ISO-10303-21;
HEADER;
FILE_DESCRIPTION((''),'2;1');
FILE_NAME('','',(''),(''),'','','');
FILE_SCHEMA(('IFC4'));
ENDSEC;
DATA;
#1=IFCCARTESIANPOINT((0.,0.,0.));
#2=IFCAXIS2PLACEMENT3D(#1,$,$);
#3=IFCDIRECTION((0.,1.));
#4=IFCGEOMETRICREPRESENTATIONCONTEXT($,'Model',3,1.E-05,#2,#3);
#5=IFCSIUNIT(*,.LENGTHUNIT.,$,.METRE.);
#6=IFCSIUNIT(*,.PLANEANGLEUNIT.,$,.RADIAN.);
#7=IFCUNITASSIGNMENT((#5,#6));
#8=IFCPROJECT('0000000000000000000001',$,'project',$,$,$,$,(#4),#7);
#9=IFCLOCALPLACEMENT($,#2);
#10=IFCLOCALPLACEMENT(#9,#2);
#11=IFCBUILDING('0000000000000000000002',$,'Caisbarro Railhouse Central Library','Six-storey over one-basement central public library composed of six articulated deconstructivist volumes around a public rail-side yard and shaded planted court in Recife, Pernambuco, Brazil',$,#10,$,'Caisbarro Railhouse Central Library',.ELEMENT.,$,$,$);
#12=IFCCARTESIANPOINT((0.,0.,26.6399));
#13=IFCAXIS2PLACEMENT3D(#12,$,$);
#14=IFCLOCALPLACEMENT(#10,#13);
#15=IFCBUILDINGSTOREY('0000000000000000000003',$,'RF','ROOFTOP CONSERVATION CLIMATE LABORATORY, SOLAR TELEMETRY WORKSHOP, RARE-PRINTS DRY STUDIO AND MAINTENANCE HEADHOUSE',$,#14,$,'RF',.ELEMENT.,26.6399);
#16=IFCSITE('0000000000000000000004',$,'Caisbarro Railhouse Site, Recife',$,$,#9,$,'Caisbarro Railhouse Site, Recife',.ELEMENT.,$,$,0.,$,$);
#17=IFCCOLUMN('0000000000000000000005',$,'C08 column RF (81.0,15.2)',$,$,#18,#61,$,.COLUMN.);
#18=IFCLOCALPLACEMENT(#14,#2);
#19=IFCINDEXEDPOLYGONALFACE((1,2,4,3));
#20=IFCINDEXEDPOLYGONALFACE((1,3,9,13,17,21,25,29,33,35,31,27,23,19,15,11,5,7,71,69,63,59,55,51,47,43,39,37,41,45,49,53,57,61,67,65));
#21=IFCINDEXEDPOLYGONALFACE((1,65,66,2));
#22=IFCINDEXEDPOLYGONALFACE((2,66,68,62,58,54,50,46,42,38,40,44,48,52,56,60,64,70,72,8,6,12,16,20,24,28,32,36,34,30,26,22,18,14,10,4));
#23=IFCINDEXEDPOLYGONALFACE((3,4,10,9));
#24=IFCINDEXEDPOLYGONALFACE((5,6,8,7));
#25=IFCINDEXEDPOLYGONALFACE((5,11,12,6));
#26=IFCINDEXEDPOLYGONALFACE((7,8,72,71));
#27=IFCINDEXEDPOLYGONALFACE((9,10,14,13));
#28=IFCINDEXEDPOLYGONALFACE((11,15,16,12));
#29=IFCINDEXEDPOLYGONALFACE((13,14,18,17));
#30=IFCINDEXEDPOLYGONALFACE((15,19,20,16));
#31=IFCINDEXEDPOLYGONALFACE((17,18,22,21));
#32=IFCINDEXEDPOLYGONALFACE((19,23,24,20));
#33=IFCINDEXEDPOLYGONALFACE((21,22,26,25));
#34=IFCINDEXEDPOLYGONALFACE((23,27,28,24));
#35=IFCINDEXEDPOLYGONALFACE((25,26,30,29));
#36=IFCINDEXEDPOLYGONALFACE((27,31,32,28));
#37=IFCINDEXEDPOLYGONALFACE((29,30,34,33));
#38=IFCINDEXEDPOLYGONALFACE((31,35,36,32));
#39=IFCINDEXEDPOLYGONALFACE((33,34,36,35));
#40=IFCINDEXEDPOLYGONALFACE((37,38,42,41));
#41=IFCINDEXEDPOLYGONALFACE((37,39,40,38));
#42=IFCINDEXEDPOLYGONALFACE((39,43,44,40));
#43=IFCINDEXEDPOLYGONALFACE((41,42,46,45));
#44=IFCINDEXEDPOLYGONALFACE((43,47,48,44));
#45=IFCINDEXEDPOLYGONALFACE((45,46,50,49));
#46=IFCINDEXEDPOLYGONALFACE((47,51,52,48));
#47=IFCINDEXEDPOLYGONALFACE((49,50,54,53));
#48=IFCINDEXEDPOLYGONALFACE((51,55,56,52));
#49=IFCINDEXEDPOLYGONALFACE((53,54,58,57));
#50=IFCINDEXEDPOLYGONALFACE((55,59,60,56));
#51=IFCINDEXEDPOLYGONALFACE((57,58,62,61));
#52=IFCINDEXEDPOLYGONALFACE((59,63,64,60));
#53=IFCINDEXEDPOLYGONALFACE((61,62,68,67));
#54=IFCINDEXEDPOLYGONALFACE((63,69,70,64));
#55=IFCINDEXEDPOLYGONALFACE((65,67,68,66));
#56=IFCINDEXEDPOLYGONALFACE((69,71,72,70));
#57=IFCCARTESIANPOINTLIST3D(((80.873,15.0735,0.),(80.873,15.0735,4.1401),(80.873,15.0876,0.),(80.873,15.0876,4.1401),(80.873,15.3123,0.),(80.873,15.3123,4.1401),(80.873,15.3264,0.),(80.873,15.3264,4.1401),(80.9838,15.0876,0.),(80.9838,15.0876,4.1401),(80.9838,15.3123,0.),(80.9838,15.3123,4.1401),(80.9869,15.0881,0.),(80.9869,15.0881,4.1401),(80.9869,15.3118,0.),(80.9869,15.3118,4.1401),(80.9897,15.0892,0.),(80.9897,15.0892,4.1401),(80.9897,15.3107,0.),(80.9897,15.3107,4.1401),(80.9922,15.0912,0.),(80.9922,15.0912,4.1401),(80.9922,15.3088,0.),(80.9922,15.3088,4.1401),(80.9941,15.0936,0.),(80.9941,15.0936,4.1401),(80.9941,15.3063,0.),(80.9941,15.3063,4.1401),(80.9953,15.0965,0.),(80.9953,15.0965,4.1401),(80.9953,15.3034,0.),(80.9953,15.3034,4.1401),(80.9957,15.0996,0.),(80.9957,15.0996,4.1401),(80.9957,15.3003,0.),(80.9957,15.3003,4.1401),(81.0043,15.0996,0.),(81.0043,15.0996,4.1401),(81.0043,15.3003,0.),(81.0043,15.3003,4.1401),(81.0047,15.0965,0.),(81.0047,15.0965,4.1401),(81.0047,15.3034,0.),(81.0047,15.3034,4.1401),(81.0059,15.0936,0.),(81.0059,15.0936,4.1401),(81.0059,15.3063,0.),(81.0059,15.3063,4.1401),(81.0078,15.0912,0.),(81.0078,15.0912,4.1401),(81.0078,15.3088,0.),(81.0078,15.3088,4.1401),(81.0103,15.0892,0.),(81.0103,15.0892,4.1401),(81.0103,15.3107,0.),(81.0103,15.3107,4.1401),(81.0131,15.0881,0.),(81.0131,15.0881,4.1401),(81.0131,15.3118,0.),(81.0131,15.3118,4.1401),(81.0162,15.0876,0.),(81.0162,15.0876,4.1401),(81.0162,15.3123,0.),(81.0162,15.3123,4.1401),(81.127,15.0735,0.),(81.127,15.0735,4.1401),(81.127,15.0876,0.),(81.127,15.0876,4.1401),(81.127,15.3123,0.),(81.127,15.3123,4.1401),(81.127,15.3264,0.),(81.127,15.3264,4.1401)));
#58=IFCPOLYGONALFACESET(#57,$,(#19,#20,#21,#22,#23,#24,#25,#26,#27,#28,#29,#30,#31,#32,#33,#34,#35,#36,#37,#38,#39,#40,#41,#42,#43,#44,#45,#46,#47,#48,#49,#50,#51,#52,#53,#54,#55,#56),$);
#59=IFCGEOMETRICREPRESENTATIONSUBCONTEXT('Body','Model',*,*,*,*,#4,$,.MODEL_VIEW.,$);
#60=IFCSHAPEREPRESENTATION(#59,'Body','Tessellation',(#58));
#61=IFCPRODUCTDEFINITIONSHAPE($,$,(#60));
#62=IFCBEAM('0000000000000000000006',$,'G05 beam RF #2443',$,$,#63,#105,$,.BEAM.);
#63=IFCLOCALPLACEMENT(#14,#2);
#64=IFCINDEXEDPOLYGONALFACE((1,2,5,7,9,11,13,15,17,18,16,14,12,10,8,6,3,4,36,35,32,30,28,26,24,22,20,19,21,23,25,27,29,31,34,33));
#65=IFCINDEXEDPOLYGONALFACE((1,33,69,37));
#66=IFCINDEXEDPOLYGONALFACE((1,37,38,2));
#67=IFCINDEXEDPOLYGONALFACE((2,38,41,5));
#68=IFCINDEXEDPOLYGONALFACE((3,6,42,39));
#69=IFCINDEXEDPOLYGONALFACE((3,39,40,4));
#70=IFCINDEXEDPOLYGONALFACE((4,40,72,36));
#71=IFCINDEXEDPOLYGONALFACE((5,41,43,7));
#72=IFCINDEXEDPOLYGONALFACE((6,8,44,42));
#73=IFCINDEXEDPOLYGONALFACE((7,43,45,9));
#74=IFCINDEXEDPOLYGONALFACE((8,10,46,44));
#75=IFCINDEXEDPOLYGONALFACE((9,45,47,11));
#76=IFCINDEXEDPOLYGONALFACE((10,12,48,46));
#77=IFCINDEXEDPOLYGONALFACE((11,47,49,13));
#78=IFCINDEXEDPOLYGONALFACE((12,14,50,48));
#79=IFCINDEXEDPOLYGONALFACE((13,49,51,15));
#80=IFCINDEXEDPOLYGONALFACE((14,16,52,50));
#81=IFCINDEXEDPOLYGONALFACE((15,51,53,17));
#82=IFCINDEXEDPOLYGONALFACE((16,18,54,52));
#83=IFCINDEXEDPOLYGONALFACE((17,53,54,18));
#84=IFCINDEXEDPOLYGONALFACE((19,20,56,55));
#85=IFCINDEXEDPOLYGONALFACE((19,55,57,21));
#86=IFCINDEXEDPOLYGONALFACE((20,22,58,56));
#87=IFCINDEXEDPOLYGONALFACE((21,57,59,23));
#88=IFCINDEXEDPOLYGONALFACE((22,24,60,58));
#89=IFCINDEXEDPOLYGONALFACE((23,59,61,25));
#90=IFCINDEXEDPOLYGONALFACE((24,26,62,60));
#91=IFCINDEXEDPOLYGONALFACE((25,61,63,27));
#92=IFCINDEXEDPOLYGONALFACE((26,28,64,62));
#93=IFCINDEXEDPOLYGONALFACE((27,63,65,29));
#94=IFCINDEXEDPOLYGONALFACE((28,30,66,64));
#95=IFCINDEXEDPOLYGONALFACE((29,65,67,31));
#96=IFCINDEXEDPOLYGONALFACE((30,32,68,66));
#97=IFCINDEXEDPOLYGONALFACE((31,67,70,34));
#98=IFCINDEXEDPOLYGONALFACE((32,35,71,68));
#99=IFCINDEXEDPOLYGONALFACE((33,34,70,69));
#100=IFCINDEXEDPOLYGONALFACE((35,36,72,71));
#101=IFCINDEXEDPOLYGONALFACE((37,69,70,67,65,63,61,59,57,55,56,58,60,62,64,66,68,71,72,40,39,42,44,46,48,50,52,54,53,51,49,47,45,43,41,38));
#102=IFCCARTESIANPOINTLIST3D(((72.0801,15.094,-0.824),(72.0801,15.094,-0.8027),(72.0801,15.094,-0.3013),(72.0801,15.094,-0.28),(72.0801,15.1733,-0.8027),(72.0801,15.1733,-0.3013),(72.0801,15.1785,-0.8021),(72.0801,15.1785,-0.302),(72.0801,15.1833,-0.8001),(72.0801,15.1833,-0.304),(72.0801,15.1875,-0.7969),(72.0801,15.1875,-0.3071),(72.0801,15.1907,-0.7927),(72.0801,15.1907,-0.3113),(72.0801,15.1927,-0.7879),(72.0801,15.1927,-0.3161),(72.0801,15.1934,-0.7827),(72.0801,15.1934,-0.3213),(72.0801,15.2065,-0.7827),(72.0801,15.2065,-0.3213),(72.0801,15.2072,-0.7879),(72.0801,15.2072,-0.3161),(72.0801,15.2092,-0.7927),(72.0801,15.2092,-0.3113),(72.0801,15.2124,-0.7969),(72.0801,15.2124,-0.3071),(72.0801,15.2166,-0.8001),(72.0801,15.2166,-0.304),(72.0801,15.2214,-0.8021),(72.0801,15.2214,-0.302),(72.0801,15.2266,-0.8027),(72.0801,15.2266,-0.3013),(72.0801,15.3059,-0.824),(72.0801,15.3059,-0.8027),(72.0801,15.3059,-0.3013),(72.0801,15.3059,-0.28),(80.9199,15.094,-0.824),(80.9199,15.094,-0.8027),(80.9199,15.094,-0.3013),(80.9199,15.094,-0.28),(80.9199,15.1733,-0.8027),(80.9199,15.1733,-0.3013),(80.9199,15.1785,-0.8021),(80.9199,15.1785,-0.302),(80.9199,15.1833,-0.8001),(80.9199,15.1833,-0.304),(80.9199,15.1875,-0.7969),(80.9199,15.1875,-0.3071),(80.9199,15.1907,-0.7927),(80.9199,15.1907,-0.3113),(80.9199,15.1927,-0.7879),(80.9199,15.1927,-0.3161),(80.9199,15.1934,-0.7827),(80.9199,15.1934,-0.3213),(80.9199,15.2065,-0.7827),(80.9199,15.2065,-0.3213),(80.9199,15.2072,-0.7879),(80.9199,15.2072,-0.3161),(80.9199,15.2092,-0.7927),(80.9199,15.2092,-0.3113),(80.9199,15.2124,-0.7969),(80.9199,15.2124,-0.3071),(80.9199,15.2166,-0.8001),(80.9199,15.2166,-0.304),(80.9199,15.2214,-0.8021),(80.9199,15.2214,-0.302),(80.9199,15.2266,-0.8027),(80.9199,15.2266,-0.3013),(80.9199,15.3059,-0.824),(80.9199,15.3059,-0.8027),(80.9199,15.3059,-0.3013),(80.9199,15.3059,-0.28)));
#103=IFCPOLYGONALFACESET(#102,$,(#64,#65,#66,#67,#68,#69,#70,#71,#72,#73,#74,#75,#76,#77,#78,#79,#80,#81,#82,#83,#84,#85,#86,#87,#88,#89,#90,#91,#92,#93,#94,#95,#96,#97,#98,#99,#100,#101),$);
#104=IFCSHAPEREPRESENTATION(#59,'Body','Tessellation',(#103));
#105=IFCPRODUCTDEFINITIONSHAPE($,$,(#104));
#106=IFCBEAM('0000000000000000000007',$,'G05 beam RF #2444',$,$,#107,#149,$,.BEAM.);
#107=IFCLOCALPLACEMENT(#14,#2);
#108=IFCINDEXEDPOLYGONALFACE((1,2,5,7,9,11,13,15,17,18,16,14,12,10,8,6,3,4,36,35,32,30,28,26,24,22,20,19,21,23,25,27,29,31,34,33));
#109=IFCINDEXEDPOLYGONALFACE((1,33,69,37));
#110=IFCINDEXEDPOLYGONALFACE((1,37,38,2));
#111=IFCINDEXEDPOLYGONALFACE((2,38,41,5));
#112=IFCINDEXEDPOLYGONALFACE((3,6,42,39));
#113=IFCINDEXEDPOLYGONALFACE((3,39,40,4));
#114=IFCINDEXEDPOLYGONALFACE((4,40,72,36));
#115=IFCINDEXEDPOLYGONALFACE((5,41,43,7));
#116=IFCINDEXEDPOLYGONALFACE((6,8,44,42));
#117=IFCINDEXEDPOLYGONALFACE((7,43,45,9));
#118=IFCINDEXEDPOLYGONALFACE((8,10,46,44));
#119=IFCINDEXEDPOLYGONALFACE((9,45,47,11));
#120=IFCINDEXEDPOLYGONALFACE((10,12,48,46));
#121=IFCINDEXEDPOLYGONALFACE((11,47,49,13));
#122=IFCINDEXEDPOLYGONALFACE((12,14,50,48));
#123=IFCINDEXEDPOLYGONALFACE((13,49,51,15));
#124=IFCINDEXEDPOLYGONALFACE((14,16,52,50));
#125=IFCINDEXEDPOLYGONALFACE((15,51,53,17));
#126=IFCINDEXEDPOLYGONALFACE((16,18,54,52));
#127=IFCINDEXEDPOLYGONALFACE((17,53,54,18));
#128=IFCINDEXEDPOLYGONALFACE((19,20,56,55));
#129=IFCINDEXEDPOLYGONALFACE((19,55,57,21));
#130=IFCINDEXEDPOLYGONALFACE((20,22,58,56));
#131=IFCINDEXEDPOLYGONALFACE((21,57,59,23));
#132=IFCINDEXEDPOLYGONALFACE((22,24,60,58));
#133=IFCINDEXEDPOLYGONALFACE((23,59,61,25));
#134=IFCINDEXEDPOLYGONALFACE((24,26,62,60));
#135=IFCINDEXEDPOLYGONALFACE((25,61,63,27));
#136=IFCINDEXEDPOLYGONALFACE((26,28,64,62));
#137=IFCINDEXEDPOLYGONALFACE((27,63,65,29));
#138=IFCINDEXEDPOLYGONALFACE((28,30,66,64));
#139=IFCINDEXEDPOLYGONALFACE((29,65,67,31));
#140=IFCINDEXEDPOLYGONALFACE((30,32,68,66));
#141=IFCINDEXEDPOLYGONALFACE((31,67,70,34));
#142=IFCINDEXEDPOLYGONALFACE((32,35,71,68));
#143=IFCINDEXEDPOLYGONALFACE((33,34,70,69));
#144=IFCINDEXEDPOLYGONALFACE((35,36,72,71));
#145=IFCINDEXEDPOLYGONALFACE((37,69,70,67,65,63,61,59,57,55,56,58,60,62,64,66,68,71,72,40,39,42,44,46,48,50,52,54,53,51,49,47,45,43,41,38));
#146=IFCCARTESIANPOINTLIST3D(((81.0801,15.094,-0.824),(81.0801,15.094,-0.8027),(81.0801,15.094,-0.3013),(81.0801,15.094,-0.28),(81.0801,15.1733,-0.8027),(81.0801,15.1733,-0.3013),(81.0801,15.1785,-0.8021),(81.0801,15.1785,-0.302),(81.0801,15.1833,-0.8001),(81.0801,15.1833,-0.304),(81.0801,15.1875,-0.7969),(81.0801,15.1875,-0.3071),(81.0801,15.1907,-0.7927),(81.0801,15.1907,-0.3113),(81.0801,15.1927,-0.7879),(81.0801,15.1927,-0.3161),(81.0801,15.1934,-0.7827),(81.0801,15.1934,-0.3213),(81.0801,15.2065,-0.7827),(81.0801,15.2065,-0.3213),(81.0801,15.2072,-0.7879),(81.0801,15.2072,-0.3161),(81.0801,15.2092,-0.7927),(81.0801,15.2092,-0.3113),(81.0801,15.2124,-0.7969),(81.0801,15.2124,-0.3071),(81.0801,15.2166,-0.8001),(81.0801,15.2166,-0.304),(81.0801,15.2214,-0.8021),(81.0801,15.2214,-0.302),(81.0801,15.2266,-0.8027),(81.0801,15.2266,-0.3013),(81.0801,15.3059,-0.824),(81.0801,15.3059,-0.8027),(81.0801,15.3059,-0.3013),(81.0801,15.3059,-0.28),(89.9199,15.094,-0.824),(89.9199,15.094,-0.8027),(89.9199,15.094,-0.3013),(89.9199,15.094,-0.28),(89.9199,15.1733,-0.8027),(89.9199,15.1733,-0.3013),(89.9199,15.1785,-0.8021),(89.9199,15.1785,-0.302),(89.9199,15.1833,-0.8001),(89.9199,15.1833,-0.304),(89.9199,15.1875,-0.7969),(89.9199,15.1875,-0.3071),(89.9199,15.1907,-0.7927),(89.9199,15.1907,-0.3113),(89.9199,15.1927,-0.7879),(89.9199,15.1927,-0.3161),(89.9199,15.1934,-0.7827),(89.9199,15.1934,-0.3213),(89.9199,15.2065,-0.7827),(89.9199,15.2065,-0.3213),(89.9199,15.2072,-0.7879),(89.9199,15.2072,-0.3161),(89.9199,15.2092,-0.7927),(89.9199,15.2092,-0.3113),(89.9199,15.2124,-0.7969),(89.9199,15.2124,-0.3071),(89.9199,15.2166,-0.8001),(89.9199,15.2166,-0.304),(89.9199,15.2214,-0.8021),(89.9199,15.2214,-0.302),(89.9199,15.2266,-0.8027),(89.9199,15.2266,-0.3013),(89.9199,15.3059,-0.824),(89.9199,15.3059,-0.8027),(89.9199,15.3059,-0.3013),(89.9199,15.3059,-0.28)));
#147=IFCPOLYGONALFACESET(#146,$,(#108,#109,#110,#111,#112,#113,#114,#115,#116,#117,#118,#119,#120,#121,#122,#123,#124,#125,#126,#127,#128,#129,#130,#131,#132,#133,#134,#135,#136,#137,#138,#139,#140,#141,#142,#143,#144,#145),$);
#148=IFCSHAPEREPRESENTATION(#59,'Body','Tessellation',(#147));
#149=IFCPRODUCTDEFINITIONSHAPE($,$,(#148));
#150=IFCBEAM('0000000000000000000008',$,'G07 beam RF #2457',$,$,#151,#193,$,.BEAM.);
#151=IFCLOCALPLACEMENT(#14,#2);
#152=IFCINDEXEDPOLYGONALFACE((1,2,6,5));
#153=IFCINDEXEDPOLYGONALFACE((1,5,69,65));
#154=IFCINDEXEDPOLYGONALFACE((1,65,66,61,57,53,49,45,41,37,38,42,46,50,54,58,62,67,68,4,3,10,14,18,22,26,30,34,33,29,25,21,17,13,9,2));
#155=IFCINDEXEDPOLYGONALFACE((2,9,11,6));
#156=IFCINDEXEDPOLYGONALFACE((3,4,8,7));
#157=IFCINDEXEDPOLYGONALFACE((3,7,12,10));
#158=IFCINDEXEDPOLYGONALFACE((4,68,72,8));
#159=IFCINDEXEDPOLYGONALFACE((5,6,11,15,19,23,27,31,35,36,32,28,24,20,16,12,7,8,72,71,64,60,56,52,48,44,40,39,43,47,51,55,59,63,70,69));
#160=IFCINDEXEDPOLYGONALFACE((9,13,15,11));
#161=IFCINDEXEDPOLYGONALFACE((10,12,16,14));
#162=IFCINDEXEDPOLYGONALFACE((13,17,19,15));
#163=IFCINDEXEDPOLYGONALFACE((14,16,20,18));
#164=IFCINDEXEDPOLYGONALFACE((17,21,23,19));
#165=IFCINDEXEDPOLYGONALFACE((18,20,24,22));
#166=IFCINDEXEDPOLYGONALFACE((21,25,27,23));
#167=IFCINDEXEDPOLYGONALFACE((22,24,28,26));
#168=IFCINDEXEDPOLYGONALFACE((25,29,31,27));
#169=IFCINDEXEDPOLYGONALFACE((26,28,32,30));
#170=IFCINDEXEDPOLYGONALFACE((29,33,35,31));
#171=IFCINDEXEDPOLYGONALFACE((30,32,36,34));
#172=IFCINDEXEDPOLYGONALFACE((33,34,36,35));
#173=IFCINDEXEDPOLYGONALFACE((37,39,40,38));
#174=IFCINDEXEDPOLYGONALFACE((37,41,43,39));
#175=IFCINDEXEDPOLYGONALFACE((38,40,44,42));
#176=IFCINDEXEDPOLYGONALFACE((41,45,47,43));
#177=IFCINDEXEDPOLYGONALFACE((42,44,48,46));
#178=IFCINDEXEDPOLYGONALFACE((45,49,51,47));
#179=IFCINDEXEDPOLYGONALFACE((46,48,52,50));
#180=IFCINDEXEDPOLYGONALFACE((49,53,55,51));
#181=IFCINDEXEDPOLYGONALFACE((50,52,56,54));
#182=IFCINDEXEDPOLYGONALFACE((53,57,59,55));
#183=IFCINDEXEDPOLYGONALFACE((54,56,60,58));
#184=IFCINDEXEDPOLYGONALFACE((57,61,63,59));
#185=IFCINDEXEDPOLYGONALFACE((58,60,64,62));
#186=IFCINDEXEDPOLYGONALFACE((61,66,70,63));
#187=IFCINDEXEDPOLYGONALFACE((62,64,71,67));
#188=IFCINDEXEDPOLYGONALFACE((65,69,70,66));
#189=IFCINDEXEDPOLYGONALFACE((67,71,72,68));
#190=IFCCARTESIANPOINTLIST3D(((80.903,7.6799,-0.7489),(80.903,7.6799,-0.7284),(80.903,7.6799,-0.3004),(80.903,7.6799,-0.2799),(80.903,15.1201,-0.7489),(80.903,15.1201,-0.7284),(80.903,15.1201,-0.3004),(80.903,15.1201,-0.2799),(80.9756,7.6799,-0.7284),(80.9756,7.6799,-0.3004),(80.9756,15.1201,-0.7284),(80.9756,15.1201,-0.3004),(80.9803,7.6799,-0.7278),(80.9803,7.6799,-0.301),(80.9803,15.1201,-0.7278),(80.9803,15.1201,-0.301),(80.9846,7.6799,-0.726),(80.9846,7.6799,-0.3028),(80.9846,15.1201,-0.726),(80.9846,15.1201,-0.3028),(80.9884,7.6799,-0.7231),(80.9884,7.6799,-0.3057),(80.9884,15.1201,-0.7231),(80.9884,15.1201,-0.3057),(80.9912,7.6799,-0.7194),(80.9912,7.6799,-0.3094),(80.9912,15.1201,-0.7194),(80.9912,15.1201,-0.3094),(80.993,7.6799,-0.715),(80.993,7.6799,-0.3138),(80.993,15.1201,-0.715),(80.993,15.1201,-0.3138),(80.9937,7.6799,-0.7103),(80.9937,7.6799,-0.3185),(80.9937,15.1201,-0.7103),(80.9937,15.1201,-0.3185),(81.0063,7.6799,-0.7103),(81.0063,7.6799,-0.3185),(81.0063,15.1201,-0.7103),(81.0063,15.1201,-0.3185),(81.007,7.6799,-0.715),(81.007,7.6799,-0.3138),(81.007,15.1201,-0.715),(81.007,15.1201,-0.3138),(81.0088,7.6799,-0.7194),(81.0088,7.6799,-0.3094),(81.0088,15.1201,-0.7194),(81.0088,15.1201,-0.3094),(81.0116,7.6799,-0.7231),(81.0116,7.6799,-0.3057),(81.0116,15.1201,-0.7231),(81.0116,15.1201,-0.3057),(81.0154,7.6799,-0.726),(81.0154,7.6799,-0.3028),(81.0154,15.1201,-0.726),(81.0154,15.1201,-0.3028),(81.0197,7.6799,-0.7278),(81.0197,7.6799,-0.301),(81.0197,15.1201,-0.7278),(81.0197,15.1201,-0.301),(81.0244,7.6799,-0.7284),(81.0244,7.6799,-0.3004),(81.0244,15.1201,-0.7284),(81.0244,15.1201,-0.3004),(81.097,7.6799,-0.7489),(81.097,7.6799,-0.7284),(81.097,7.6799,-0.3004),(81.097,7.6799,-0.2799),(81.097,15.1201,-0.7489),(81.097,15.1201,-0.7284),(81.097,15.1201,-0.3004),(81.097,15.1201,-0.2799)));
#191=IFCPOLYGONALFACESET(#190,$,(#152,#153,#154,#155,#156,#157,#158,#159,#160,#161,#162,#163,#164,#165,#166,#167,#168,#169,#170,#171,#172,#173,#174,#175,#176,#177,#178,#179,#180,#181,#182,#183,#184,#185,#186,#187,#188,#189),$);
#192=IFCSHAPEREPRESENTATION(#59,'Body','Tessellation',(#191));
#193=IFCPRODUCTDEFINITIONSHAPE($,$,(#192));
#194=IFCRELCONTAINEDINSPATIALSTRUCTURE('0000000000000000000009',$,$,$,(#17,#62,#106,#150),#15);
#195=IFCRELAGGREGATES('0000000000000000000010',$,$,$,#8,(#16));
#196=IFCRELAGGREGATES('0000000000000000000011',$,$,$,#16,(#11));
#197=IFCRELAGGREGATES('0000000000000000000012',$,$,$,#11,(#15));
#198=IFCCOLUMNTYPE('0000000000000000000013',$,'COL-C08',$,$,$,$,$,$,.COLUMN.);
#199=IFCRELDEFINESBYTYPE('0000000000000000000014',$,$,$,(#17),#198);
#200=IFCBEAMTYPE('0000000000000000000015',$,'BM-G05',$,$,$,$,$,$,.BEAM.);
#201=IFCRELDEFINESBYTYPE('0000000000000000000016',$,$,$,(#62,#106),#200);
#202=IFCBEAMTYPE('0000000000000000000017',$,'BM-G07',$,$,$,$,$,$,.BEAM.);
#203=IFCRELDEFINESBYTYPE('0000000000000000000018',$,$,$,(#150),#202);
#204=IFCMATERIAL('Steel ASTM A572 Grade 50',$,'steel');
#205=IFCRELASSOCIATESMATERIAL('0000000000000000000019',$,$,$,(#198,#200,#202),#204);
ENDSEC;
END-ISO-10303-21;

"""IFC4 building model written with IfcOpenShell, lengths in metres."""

from ifc_helpers import new_model, si_unit, direction, frame, origin, origin_2d, place, context, subcontext, project, spatial, i_section, extrude, material, material_profile, profile_set, type_object, element, save


model = new_model("IFC4")

# Units and contexts
model_context = context("Model", 3, precision=1e-05, world=origin(), true_north=direction((0.0, 1.0)))
body_context = subcontext(model_context, "Body", "Model", "MODEL_VIEW")
ifc_project = project(units=[si_unit("LENGTHUNIT", "METRE"), si_unit("PLANEANGLEUNIT", "RADIAN")], contexts=[model_context])

# Site, building, storey
site_placement = place(None, origin())
site = spatial("IfcSite", under=ifc_project, at=site_placement, Name="Caisbarro Railhouse Site, Recife", LongName="Caisbarro Railhouse Site, Recife", CompositionType="ELEMENT", RefElevation=0.0)
building_placement = place(site_placement, origin())
building = spatial("IfcBuilding", under=site, at=building_placement, Name="Caisbarro Railhouse Central Library", Description="Six-storey over one-basement central public library composed of six articulated deconstructivist volumes around a public rail-side yard and shaded planted court in Recife, Pernambuco, Brazil", LongName="Caisbarro Railhouse Central Library", CompositionType="ELEMENT")
storey_placement = place(building_placement, frame((0.0, 0.0, 26.6399)))
storey = spatial("IfcBuildingStorey", under=building, at=storey_placement, Name="RF", Description="ROOFTOP CONSERVATION CLIMATE LABORATORY, SOLAR TELEMETRY WORKSHOP, RARE-PRINTS DRY STUDIO AND MAINTENANCE HEADHOUSE", LongName="RF", CompositionType="ELEMENT", Elevation=26.6399)

# Column
ifc_material_1 = material(Name="Steel ASTM A572 Grade 50", Category="steel")
ifc_material_profile_1 = material_profile(ifc_material_1, i_section(OverallWidth=0.2539, OverallDepth=0.2529, WebThickness=0.0085, FlangeThickness=0.0142, FilletRadius=0.012, at=origin_2d()), Name="W250X73.0")
ifc_profile_set_1 = profile_set([ifc_material_profile_1], Name="Steel ASTM A572 Grade 50")
column_type = type_object("IfcColumnType", Name="COL-C08", PredefinedType="COLUMN", material=ifc_profile_set_1)
column_placement = place(storey_placement, frame((81.0, 15.2, 0.0), z_axis=(0.0, 0.0, 1.0), x_axis=(1.0, 0.0, 0.0)))
element("IfcColumn", 1, at=column_placement, inside=storey, type_object=column_type, Name="C08 column RF (81.0,15.2)", PredefinedType="COLUMN", context=body_context, shape_type="SweptSolid", body=[
    extrude(i_section(OverallWidth=0.2539, OverallDepth=0.2529, WebThickness=0.0085, FlangeThickness=0.0142, FilletRadius=0.012, at=origin_2d()), origin(), (0.0, 0.0, 1.0), 4.1401),
])

# Beams
ifc_material_profile_2 = material_profile(ifc_material_1, i_section(OverallWidth=0.2119, OverallDepth=0.5439, WebThickness=0.0132, FlangeThickness=0.0212, FilletRadius=0.02, at=origin_2d()), Name="W530X123.0")
ifc_profile_set_2 = profile_set([ifc_material_profile_2], Name="Steel ASTM A572 Grade 50")
beam_type_1 = type_object("IfcBeamType", Name="BM-G05", PredefinedType="BEAM", material=ifc_profile_set_2)
for number, where, z_axis, x_axis, name in (
    (2, (72.0801, 15.2, -0.552), (1.0, 0.0, 0.0), (0.0, 1.0, 0.0), "G05 beam RF #2443"),
    (3, (81.0801, 15.2, -0.552), (1.0, 0.0, 0.0), (0.0, 1.0, 0.0), "G05 beam RF #2444"),
):
    element("IfcBeam", number, at=place(storey_placement, frame(where, z_axis=z_axis, x_axis=x_axis)), inside=storey, type_object=beam_type_1, Name=name, PredefinedType="BEAM", context=body_context, shape_type="SweptSolid", body=[
        extrude(i_section(OverallWidth=0.2119, OverallDepth=0.5439, WebThickness=0.0132, FlangeThickness=0.0212, FilletRadius=0.02, at=origin_2d()), origin(), (0.0, 0.0, 1.0), 8.8398),
    ])
ifc_material_profile_3 = material_profile(ifc_material_1, i_section(OverallWidth=0.1941, OverallDepth=0.469, WebThickness=0.0127, FlangeThickness=0.0205, FilletRadius=0.0181, at=origin_2d()), Name="W460X106.0")
ifc_profile_set_3 = profile_set([ifc_material_profile_3], Name="Steel ASTM A572 Grade 50")
beam_type_2 = type_object("IfcBeamType", Name="BM-G07", PredefinedType="BEAM", material=ifc_profile_set_3)
beam_1_placement = place(storey_placement, frame((81.0, 7.6799, -0.5144), z_axis=(0.0, 1.0, 0.0), x_axis=(-1.0, 0.0, 0.0)))
element("IfcBeam", 4, at=beam_1_placement, inside=storey, type_object=beam_type_2, Name="G07 beam RF #2457", PredefinedType="BEAM", context=body_context, shape_type="SweptSolid", body=[
    extrude(i_section(OverallWidth=0.1941, OverallDepth=0.469, WebThickness=0.0127, FlangeThickness=0.0205, FilletRadius=0.0181, at=origin_2d()), origin(), (0.0, 0.0, 1.0), 7.4402),
])

save(model, "model.ifc")
